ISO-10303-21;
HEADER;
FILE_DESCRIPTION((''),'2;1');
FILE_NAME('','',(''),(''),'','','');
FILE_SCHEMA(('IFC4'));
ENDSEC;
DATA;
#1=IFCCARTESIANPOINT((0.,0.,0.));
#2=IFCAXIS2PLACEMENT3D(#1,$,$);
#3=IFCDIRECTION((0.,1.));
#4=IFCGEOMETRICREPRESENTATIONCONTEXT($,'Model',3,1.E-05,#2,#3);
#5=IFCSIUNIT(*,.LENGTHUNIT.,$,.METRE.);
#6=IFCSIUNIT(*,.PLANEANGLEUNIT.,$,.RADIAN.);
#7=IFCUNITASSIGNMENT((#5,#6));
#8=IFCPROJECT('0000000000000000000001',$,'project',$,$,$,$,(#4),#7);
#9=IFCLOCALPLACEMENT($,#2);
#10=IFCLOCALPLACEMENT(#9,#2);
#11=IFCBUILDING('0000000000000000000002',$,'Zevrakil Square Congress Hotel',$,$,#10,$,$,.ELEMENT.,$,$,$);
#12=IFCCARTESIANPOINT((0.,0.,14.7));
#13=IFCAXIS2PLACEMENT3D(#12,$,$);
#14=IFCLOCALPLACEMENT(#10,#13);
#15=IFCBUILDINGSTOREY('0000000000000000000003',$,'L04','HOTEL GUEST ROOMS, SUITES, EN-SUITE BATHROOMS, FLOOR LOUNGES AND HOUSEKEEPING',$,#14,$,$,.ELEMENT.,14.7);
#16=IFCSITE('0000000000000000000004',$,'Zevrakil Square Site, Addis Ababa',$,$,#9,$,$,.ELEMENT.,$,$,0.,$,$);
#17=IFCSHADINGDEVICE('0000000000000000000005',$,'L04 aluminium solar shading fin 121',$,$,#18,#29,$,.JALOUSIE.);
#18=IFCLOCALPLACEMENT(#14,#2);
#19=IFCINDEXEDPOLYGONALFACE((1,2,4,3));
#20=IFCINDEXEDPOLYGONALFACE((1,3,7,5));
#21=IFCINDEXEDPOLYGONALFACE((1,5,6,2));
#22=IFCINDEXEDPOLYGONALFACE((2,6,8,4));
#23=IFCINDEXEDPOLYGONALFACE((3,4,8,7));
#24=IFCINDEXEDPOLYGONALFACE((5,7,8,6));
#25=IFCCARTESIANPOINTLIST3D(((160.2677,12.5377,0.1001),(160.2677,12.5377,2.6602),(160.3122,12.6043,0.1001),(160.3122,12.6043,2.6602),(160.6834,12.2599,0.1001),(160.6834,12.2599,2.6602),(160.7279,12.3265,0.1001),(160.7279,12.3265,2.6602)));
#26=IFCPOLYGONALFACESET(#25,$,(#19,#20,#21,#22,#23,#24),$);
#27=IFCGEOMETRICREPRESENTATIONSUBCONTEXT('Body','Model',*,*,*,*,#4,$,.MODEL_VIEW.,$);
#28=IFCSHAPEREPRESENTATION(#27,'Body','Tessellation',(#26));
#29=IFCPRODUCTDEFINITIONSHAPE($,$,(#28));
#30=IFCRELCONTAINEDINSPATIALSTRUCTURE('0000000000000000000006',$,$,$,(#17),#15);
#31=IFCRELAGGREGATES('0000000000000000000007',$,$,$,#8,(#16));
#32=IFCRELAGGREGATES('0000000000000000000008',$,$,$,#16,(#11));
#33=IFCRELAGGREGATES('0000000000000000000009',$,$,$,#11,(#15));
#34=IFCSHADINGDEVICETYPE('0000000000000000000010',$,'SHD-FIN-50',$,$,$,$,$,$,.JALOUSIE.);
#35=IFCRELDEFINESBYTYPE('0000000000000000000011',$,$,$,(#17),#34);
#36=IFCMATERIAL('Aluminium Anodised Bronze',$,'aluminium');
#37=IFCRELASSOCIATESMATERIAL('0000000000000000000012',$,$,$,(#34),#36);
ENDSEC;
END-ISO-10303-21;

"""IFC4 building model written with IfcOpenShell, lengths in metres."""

from ifc_helpers import new_model, si_unit, direction, frame, origin, origin_2d, place, context, subcontext, project, spatial, rectangle, extrude, material, type_object, element, save


model = new_model("IFC4")

# Units and contexts
model_context = context("Model", 3, precision=1e-05, world=origin(), true_north=direction((0.0, 1.0)))
body_context = subcontext(model_context, "Body", "Model", "MODEL_VIEW")
ifc_project = project(units=[si_unit("LENGTHUNIT", "METRE"), si_unit("PLANEANGLEUNIT", "RADIAN")], contexts=[model_context])

# Site, building, storey
site_placement = place(None, origin())
site = spatial("IfcSite", under=ifc_project, at=site_placement, Name="Zevrakil Square Site, Addis Ababa", CompositionType="ELEMENT", RefElevation=0.0)
building_placement = place(site_placement, origin())
building = spatial("IfcBuilding", under=site, at=building_placement, Name="Zevrakil Square Congress Hotel", CompositionType="ELEMENT")
storey_placement = place(building_placement, frame((0.0, 0.0, 14.7)))
storey = spatial("IfcBuildingStorey", under=building, at=storey_placement, Name="L04", Description="HOTEL GUEST ROOMS, SUITES, EN-SUITE BATHROOMS, FLOOR LOUNGES AND HOUSEKEEPING", CompositionType="ELEMENT", Elevation=14.7)

# Shading device
ifc_material_1 = material(Name="Aluminium Anodised Bronze", Category="aluminium")
shading_device_type = type_object("IfcShadingDeviceType", Name="SHD-FIN-50", PredefinedType="JALOUSIE", material=ifc_material_1)
shading_device_placement = place(storey_placement, frame((160.4978, 12.4321, 0.1001), z_axis=(0.0, 0.0, 1.0), x_axis=(0.83147, -0.55557, 0.0)))
element("IfcShadingDevice", 1, at=shading_device_placement, inside=storey, type_object=shading_device_type, Name="L04 aluminium solar shading fin 121", PredefinedType="JALOUSIE", context=body_context, shape_type="SweptSolid", body=[
    extrude(rectangle(XDim=0.5, YDim=0.0801, at=origin_2d()), origin(), (0.0, 0.0, 1.0), 2.5601),
])

save(model, "model.ifc")
